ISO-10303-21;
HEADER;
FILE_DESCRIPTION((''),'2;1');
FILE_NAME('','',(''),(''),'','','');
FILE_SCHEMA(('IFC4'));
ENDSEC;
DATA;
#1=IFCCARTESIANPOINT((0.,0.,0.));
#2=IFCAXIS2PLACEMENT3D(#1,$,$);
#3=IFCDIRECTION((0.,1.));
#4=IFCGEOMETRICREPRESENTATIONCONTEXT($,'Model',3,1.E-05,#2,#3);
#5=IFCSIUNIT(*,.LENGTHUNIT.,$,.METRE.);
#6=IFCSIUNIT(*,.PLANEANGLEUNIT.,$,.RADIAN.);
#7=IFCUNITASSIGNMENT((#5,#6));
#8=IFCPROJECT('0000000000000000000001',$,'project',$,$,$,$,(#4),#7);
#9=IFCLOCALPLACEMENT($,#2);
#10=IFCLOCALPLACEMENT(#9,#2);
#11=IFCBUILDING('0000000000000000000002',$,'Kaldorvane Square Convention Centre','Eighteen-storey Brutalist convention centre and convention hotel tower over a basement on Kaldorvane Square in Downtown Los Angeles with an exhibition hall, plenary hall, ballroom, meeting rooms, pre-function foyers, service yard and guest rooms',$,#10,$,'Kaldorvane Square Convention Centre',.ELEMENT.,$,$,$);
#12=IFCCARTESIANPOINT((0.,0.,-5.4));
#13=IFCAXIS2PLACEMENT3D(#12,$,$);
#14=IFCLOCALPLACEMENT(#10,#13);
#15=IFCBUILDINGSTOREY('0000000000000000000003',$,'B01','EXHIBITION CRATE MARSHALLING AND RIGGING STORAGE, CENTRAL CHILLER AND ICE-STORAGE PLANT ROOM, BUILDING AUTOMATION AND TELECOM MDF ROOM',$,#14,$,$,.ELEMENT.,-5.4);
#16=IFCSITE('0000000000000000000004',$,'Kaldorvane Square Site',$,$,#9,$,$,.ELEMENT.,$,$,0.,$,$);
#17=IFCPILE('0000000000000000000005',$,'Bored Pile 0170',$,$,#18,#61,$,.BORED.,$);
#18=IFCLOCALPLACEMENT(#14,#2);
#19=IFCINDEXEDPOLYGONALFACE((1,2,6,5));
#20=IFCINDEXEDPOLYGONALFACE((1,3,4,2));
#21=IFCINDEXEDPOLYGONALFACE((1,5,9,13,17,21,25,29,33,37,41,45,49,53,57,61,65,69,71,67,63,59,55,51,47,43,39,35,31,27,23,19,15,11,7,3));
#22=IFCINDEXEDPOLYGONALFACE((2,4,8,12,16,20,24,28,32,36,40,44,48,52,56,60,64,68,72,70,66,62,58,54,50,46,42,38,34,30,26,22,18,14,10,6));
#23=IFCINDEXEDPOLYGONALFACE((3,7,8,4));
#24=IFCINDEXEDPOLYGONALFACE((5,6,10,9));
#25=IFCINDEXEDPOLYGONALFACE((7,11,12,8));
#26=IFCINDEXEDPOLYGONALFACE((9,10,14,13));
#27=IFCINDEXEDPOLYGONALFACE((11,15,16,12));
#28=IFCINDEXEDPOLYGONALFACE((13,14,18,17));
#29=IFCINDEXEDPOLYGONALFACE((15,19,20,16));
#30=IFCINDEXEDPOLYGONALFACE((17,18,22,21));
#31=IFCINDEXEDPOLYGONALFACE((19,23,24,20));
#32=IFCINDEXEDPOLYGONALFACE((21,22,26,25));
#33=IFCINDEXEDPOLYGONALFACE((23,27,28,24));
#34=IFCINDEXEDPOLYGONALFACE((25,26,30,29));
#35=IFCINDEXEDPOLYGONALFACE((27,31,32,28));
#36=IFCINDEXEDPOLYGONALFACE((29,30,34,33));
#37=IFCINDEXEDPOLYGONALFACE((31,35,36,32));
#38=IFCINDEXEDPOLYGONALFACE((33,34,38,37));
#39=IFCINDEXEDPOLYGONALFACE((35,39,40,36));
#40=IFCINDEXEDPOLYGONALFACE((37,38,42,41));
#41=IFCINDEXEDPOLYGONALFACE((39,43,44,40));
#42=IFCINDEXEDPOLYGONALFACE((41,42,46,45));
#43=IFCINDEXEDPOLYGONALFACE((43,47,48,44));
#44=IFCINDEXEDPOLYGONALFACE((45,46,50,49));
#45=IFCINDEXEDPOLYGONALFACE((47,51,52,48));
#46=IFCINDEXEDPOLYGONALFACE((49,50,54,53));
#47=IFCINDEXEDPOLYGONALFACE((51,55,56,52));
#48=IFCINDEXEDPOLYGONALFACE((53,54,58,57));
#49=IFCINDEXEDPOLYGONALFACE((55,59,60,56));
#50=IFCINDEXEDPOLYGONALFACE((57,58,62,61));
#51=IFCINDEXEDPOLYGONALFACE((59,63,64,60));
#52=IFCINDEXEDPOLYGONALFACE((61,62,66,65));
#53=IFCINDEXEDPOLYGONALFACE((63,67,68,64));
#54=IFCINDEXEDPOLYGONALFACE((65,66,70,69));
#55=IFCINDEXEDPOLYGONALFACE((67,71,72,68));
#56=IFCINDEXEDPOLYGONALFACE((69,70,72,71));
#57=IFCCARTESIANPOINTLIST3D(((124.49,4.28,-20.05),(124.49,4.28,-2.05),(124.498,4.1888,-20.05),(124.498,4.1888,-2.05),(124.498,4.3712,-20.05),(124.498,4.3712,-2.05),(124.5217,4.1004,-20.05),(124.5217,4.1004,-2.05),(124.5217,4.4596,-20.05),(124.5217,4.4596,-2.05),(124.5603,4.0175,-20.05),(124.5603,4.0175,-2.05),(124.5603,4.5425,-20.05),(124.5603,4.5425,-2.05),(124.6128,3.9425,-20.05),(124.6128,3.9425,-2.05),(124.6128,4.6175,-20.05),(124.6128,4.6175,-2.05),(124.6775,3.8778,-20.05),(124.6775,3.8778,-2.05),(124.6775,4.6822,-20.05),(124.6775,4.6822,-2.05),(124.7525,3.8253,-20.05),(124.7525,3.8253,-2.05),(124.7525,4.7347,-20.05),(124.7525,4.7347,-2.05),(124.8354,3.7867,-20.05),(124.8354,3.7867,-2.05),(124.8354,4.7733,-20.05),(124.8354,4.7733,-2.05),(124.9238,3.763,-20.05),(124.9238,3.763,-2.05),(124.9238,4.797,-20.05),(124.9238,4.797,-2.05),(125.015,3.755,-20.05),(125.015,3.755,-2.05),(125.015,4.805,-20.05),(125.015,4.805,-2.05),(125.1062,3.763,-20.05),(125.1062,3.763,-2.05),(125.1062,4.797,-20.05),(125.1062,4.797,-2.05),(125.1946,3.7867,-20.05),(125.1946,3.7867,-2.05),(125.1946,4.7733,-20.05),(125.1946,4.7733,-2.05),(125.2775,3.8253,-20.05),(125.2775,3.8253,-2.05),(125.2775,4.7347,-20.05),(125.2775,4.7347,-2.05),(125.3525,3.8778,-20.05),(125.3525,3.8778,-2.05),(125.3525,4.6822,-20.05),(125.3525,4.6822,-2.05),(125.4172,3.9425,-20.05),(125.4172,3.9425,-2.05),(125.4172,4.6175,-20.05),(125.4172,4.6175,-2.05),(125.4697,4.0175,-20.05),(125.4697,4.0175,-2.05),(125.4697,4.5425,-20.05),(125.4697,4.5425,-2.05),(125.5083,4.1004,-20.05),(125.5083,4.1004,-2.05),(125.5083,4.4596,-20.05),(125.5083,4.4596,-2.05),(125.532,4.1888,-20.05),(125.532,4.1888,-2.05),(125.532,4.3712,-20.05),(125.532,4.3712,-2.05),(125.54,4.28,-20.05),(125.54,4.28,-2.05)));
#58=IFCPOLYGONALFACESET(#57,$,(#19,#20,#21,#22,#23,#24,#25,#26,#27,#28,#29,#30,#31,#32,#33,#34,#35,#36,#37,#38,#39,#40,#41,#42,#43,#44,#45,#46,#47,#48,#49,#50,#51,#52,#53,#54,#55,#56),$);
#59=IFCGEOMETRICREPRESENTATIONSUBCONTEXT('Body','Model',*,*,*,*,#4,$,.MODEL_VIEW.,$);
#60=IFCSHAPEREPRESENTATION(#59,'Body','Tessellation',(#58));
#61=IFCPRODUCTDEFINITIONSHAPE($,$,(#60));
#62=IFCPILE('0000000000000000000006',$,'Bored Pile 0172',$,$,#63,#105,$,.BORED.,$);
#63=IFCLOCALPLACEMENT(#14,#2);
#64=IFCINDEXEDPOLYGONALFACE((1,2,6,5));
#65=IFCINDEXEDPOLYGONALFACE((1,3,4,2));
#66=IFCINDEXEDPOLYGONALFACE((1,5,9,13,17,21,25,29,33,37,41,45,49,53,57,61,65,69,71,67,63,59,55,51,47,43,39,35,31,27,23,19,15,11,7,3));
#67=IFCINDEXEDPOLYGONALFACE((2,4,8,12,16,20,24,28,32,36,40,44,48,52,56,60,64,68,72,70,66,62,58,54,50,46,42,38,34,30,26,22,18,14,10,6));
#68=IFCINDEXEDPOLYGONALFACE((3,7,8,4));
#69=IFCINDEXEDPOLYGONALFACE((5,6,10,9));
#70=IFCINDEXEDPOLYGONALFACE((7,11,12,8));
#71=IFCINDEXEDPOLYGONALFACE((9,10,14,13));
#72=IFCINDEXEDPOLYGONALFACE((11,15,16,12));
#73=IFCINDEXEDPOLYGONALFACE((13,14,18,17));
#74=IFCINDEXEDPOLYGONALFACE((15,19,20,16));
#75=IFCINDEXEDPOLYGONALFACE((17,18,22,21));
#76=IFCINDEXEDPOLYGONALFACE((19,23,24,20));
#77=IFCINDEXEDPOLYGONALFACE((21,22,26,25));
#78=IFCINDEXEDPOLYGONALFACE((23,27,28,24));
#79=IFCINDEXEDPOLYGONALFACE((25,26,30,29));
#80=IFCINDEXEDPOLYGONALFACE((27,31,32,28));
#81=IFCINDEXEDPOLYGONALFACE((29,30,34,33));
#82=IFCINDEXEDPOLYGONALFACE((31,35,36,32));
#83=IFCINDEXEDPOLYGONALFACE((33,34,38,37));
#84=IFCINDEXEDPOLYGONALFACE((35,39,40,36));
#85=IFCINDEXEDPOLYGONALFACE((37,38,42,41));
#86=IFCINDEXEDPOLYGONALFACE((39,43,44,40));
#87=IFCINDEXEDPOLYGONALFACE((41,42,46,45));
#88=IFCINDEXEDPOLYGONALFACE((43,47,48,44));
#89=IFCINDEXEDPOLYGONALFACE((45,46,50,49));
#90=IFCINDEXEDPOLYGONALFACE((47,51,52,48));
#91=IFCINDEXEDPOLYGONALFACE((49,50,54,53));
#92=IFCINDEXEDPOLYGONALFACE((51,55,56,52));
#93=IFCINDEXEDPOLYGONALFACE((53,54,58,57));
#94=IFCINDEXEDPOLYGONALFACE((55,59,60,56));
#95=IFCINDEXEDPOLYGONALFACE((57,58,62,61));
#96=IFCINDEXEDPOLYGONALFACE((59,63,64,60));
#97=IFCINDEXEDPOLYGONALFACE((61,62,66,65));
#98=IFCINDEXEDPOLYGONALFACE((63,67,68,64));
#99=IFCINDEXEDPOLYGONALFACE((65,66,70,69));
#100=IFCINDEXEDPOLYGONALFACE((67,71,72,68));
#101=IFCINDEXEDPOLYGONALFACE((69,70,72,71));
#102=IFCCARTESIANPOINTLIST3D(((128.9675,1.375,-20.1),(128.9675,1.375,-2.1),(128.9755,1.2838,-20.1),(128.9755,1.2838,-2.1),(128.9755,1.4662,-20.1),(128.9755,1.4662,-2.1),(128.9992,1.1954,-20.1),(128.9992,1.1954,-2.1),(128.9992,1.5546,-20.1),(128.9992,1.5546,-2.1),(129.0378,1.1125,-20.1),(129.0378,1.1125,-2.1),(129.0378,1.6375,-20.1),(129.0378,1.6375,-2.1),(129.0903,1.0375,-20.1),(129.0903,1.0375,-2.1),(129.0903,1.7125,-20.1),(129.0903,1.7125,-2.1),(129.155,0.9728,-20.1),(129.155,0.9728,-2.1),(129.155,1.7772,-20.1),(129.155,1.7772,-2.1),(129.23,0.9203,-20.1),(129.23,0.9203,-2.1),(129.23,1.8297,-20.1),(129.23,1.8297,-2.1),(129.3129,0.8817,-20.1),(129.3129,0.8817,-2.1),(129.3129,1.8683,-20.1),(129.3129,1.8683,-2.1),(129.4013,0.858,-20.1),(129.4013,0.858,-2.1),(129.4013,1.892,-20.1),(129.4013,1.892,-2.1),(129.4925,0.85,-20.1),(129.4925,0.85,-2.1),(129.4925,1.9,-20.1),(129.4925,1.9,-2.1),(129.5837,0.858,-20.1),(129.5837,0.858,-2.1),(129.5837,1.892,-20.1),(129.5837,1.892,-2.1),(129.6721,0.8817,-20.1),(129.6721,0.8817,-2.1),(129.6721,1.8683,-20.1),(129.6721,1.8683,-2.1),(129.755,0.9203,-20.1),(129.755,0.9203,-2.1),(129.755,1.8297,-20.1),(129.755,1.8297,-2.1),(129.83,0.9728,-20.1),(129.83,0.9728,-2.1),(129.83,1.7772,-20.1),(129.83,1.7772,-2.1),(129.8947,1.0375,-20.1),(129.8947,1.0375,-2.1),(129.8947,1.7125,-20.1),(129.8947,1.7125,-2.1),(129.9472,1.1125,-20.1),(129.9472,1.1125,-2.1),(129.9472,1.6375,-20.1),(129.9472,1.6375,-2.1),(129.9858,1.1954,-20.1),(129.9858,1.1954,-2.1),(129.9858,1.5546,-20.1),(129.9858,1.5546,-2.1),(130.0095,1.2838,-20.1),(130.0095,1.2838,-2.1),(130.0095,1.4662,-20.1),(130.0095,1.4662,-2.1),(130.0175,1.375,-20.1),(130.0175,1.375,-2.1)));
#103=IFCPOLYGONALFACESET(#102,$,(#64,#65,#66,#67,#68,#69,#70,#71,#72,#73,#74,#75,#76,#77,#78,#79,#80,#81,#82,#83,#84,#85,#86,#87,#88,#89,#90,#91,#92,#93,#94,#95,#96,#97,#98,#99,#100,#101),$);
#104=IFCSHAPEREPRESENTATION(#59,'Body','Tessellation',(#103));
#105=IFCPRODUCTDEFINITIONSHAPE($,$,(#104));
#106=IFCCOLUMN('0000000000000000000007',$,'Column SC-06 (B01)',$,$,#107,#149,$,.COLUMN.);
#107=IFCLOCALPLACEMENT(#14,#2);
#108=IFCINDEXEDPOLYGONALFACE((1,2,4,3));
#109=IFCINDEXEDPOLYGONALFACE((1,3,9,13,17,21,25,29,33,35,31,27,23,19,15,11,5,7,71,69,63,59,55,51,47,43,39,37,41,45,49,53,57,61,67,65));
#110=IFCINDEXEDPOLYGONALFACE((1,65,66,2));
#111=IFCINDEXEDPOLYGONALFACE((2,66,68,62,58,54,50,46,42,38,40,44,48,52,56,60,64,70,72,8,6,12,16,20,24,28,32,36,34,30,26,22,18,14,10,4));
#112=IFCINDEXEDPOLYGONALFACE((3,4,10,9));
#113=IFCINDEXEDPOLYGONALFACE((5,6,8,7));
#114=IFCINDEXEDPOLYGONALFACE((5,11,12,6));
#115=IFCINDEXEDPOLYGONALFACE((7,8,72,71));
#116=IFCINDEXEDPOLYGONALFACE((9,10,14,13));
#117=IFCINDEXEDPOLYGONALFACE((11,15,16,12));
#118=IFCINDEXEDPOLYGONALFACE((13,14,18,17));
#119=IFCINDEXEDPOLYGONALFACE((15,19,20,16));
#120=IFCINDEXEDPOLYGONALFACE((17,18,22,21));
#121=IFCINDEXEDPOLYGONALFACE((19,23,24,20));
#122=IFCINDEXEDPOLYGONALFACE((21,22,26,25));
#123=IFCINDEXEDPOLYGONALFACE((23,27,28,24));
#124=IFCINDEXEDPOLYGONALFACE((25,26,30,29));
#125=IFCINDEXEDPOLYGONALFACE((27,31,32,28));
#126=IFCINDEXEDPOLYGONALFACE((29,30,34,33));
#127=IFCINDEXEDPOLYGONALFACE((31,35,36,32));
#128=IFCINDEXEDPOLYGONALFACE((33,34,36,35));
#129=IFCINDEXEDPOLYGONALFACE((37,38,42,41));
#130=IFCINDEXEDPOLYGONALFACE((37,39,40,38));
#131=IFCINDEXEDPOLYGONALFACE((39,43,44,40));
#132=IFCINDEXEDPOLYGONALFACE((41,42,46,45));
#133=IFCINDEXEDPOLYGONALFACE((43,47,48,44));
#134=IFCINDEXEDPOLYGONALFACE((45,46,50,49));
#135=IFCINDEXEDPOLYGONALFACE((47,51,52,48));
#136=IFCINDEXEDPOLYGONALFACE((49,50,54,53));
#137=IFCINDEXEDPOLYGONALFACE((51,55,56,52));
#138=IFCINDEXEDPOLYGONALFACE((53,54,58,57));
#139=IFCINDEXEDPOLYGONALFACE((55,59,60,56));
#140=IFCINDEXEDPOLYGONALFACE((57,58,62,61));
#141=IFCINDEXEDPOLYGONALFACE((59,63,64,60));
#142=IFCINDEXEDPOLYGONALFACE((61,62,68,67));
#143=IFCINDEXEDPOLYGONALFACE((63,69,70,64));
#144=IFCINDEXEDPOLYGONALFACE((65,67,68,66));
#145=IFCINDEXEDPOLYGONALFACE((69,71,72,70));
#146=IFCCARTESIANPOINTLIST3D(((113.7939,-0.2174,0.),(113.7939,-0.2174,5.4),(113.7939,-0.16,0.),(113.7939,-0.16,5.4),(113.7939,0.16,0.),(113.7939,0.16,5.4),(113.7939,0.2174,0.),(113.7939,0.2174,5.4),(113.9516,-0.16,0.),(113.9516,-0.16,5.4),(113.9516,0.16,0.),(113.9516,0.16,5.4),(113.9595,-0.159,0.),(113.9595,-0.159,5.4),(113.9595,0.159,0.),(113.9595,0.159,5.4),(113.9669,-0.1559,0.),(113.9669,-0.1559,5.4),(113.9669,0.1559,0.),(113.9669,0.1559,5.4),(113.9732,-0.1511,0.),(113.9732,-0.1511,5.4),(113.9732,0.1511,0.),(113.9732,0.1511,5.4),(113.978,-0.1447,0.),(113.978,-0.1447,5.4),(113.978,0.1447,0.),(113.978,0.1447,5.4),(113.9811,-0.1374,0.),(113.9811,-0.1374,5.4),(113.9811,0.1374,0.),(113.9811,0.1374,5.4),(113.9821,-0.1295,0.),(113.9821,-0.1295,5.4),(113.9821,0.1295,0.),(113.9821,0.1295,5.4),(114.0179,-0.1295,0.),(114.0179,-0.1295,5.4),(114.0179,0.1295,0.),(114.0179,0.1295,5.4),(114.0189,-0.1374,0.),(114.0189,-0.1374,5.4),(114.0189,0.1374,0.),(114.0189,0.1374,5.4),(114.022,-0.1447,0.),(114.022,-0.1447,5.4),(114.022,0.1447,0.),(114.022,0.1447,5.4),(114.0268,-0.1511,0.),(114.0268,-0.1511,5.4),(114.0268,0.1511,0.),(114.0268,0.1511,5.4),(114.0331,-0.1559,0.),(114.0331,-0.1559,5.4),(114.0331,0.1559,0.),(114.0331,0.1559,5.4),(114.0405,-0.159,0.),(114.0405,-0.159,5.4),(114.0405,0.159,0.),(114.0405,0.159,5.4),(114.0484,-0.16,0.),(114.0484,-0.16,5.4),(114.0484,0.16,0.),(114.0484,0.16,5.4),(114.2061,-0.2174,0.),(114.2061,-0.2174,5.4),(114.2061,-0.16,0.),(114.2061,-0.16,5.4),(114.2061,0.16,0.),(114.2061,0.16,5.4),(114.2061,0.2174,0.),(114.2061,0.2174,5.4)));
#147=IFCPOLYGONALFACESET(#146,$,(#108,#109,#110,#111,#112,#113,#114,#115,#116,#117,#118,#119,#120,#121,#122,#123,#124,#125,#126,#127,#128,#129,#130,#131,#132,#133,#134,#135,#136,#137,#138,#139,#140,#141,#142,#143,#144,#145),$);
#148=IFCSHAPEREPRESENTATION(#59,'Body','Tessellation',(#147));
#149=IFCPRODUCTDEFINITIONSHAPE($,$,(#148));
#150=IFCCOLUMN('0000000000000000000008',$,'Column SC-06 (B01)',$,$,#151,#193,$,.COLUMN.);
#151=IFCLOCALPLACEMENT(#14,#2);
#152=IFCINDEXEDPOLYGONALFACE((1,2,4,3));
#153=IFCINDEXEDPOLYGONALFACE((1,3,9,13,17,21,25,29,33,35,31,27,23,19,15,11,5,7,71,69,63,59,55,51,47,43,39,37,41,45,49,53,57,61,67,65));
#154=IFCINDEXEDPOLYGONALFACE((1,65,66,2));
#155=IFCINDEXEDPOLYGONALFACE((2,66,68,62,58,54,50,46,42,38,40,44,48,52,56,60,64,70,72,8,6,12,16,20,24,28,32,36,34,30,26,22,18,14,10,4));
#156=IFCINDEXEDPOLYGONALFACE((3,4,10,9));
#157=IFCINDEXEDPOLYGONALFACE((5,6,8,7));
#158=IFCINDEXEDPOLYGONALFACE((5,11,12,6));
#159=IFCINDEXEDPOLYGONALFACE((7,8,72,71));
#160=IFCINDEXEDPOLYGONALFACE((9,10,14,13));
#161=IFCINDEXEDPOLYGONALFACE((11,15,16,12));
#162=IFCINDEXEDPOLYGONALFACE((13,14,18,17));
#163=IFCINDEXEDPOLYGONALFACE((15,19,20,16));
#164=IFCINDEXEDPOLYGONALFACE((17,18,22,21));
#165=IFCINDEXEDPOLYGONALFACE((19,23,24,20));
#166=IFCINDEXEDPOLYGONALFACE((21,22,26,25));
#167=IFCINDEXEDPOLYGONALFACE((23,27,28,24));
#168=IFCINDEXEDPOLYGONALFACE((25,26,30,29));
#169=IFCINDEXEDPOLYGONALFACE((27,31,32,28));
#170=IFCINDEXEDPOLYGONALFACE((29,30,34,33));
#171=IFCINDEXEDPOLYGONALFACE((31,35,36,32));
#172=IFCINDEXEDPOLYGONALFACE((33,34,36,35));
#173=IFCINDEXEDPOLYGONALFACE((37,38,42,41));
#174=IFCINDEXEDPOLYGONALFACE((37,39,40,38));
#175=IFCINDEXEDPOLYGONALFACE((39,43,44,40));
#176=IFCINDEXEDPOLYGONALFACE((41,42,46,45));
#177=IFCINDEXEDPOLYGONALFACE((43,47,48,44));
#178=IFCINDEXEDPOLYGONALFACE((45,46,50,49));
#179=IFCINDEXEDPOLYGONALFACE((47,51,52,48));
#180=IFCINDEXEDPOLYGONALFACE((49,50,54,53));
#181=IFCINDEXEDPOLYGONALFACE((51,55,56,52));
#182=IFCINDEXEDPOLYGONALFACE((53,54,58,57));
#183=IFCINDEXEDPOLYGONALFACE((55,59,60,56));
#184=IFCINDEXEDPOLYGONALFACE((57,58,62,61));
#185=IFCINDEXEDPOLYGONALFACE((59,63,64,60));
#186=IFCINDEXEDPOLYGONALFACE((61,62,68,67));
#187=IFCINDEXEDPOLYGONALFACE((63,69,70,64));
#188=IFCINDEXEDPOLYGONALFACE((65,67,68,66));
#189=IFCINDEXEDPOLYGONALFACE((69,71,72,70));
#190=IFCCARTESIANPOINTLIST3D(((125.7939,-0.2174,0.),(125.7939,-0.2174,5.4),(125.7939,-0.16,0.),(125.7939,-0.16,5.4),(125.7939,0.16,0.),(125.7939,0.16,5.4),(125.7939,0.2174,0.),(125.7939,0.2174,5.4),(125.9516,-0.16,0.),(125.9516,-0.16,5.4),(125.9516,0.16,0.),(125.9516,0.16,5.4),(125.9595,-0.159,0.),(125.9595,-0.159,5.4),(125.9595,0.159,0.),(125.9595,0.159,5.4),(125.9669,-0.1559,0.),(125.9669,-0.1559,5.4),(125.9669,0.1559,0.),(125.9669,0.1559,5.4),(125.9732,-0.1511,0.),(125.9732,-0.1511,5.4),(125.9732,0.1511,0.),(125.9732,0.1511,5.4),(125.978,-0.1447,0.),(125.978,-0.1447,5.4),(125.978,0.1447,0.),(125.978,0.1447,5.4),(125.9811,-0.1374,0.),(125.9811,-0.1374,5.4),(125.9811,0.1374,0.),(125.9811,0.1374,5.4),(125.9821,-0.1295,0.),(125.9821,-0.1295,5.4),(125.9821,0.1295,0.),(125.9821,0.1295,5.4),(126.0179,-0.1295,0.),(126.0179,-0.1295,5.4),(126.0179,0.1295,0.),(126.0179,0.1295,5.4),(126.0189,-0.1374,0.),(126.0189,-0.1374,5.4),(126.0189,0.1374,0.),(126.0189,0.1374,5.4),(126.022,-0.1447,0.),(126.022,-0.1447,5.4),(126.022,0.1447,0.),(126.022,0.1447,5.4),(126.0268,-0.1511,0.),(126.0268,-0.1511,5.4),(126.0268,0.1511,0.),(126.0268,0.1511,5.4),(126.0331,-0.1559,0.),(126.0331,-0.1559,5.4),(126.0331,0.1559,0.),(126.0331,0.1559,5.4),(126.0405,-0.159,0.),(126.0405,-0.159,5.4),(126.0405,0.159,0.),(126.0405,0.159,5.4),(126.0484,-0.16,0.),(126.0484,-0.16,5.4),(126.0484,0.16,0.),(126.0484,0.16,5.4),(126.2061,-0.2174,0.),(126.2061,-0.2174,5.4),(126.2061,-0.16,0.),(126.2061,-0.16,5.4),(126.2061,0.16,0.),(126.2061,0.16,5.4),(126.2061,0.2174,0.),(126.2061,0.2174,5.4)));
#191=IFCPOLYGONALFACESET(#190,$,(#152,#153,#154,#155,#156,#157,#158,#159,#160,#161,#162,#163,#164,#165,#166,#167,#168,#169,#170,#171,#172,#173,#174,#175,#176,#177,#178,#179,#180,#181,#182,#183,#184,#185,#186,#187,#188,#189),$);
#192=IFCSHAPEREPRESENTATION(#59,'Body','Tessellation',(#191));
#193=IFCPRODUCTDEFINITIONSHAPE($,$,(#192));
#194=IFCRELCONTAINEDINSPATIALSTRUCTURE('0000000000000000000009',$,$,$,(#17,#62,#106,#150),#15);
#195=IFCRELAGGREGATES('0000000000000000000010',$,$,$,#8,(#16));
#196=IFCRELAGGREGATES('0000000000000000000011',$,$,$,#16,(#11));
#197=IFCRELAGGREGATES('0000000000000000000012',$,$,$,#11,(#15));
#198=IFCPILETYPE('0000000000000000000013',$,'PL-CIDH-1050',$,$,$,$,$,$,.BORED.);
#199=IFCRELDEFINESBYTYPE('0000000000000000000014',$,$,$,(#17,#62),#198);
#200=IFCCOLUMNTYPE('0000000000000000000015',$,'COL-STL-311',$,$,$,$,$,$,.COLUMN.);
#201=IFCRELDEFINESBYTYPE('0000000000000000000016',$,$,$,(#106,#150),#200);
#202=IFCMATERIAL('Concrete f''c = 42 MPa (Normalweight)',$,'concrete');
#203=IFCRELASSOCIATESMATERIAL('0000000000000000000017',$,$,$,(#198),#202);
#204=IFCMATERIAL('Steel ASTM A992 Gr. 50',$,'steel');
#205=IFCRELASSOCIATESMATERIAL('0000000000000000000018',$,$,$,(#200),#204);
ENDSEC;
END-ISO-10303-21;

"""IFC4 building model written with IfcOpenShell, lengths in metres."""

from ifc_helpers import new_model, si_unit, direction, frame, origin, origin_2d, place, context, subcontext, project, spatial, circle, i_section, extrude, material, material_profile, profile_set, type_object, element, save


model = new_model("IFC4")

# Units and contexts
model_context = context("Model", 3, precision=1e-05, world=origin(), true_north=direction((0.0, 1.0)))
body_context = subcontext(model_context, "Body", "Model", "MODEL_VIEW")
ifc_project = project(units=[si_unit("LENGTHUNIT", "METRE"), si_unit("PLANEANGLEUNIT", "RADIAN")], contexts=[model_context])

# Site, building, storey
site_placement = place(None, origin())
site = spatial("IfcSite", under=ifc_project, at=site_placement, Name="Kaldorvane Square Site", CompositionType="ELEMENT", RefElevation=0.0)
building_placement = place(site_placement, origin())
building = spatial("IfcBuilding", under=site, at=building_placement, Name="Kaldorvane Square Convention Centre", Description="Eighteen-storey Brutalist convention centre and convention hotel tower over a basement on Kaldorvane Square in Downtown Los Angeles with an exhibition hall, plenary hall, ballroom, meeting rooms, pre-function foyers, service yard and guest rooms", LongName="Kaldorvane Square Convention Centre", CompositionType="ELEMENT")
storey_placement = place(building_placement, frame((0.0, 0.0, -5.4)))
storey = spatial("IfcBuildingStorey", under=building, at=storey_placement, Name="B01", Description="EXHIBITION CRATE MARSHALLING AND RIGGING STORAGE, CENTRAL CHILLER AND ICE-STORAGE PLANT ROOM, BUILDING AUTOMATION AND TELECOM MDF ROOM", CompositionType="ELEMENT", Elevation=-5.4)

# Shared definitions
ifc_material_1 = material(Name="Concrete f'c = 42 MPa (Normalweight)", Category="concrete")

# Piles
ifc_material_profile_1 = material_profile(ifc_material_1, circle(Radius=0.525, at=origin_2d()), Name="PILE-D1050")
ifc_profile_set_1 = profile_set([ifc_material_profile_1], Name="Concrete f'c = 42 MPa (Normalweight)")
pile_type = type_object("IfcPileType", Name="PL-CIDH-1050", PredefinedType="BORED", material=ifc_profile_set_1)
for number, where, z_axis, x_axis, name in (
    (1, (125.015, 4.28, -2.05), (0.0, 0.0, -1.0), (1.0, 0.0, 0.0), "Bored Pile 0170"),
    (2, (129.4925, 1.375, -2.1), (0.0, 0.0, -1.0), (1.0, 0.0, 0.0), "Bored Pile 0172"),
):
    element("IfcPile", number, at=place(storey_placement, frame(where, z_axis=z_axis, x_axis=x_axis)), inside=storey, type_object=pile_type, Name=name, PredefinedType="BORED", context=body_context, shape_type="SweptSolid", body=[
        extrude(circle(Radius=0.525, at=origin_2d()), origin(), (0.0, 0.0, 1.0), 18.0),
    ])

# Columns
ifc_material_2 = material(Name="Steel ASTM A992 Gr. 50", Category="steel")
ifc_material_profile_2 = material_profile(ifc_material_2, i_section(OverallWidth=0.4122, OverallDepth=0.4348, WebThickness=0.0358, FlangeThickness=0.0574, FilletRadius=0.0305, at=origin_2d()), Name="W14X311")
ifc_profile_set_2 = profile_set([ifc_material_profile_2], Name="Steel ASTM A992 Gr. 50")
column_type_1 = type_object("IfcColumnType", Name="COL-STL-311", PredefinedType="COLUMN", material=ifc_profile_set_2)
for number, where, z_axis, x_axis, name in (
    (3, (114.0, 0.0, 0.0), (0.0, 0.0, 1.0), (1.0, 0.0, 0.0), "Column SC-06 (B01)"),
    (4, (126.0, 0.0, 0.0), (0.0, 0.0, 1.0), (1.0, 0.0, 0.0), "Column SC-06 (B01)"),
):
    element("IfcColumn", number, at=place(storey_placement, frame(where, z_axis=z_axis, x_axis=x_axis)), inside=storey, type_object=column_type_1, Name=name, PredefinedType="COLUMN", context=body_context, shape_type="SweptSolid", body=[
        extrude(i_section(OverallWidth=0.4122, OverallDepth=0.4348, WebThickness=0.0358, FlangeThickness=0.0574, FilletRadius=0.0305, at=origin_2d()), origin(), (0.0, 0.0, 1.0), 5.4),
    ])

save(model, "model.ifc")
